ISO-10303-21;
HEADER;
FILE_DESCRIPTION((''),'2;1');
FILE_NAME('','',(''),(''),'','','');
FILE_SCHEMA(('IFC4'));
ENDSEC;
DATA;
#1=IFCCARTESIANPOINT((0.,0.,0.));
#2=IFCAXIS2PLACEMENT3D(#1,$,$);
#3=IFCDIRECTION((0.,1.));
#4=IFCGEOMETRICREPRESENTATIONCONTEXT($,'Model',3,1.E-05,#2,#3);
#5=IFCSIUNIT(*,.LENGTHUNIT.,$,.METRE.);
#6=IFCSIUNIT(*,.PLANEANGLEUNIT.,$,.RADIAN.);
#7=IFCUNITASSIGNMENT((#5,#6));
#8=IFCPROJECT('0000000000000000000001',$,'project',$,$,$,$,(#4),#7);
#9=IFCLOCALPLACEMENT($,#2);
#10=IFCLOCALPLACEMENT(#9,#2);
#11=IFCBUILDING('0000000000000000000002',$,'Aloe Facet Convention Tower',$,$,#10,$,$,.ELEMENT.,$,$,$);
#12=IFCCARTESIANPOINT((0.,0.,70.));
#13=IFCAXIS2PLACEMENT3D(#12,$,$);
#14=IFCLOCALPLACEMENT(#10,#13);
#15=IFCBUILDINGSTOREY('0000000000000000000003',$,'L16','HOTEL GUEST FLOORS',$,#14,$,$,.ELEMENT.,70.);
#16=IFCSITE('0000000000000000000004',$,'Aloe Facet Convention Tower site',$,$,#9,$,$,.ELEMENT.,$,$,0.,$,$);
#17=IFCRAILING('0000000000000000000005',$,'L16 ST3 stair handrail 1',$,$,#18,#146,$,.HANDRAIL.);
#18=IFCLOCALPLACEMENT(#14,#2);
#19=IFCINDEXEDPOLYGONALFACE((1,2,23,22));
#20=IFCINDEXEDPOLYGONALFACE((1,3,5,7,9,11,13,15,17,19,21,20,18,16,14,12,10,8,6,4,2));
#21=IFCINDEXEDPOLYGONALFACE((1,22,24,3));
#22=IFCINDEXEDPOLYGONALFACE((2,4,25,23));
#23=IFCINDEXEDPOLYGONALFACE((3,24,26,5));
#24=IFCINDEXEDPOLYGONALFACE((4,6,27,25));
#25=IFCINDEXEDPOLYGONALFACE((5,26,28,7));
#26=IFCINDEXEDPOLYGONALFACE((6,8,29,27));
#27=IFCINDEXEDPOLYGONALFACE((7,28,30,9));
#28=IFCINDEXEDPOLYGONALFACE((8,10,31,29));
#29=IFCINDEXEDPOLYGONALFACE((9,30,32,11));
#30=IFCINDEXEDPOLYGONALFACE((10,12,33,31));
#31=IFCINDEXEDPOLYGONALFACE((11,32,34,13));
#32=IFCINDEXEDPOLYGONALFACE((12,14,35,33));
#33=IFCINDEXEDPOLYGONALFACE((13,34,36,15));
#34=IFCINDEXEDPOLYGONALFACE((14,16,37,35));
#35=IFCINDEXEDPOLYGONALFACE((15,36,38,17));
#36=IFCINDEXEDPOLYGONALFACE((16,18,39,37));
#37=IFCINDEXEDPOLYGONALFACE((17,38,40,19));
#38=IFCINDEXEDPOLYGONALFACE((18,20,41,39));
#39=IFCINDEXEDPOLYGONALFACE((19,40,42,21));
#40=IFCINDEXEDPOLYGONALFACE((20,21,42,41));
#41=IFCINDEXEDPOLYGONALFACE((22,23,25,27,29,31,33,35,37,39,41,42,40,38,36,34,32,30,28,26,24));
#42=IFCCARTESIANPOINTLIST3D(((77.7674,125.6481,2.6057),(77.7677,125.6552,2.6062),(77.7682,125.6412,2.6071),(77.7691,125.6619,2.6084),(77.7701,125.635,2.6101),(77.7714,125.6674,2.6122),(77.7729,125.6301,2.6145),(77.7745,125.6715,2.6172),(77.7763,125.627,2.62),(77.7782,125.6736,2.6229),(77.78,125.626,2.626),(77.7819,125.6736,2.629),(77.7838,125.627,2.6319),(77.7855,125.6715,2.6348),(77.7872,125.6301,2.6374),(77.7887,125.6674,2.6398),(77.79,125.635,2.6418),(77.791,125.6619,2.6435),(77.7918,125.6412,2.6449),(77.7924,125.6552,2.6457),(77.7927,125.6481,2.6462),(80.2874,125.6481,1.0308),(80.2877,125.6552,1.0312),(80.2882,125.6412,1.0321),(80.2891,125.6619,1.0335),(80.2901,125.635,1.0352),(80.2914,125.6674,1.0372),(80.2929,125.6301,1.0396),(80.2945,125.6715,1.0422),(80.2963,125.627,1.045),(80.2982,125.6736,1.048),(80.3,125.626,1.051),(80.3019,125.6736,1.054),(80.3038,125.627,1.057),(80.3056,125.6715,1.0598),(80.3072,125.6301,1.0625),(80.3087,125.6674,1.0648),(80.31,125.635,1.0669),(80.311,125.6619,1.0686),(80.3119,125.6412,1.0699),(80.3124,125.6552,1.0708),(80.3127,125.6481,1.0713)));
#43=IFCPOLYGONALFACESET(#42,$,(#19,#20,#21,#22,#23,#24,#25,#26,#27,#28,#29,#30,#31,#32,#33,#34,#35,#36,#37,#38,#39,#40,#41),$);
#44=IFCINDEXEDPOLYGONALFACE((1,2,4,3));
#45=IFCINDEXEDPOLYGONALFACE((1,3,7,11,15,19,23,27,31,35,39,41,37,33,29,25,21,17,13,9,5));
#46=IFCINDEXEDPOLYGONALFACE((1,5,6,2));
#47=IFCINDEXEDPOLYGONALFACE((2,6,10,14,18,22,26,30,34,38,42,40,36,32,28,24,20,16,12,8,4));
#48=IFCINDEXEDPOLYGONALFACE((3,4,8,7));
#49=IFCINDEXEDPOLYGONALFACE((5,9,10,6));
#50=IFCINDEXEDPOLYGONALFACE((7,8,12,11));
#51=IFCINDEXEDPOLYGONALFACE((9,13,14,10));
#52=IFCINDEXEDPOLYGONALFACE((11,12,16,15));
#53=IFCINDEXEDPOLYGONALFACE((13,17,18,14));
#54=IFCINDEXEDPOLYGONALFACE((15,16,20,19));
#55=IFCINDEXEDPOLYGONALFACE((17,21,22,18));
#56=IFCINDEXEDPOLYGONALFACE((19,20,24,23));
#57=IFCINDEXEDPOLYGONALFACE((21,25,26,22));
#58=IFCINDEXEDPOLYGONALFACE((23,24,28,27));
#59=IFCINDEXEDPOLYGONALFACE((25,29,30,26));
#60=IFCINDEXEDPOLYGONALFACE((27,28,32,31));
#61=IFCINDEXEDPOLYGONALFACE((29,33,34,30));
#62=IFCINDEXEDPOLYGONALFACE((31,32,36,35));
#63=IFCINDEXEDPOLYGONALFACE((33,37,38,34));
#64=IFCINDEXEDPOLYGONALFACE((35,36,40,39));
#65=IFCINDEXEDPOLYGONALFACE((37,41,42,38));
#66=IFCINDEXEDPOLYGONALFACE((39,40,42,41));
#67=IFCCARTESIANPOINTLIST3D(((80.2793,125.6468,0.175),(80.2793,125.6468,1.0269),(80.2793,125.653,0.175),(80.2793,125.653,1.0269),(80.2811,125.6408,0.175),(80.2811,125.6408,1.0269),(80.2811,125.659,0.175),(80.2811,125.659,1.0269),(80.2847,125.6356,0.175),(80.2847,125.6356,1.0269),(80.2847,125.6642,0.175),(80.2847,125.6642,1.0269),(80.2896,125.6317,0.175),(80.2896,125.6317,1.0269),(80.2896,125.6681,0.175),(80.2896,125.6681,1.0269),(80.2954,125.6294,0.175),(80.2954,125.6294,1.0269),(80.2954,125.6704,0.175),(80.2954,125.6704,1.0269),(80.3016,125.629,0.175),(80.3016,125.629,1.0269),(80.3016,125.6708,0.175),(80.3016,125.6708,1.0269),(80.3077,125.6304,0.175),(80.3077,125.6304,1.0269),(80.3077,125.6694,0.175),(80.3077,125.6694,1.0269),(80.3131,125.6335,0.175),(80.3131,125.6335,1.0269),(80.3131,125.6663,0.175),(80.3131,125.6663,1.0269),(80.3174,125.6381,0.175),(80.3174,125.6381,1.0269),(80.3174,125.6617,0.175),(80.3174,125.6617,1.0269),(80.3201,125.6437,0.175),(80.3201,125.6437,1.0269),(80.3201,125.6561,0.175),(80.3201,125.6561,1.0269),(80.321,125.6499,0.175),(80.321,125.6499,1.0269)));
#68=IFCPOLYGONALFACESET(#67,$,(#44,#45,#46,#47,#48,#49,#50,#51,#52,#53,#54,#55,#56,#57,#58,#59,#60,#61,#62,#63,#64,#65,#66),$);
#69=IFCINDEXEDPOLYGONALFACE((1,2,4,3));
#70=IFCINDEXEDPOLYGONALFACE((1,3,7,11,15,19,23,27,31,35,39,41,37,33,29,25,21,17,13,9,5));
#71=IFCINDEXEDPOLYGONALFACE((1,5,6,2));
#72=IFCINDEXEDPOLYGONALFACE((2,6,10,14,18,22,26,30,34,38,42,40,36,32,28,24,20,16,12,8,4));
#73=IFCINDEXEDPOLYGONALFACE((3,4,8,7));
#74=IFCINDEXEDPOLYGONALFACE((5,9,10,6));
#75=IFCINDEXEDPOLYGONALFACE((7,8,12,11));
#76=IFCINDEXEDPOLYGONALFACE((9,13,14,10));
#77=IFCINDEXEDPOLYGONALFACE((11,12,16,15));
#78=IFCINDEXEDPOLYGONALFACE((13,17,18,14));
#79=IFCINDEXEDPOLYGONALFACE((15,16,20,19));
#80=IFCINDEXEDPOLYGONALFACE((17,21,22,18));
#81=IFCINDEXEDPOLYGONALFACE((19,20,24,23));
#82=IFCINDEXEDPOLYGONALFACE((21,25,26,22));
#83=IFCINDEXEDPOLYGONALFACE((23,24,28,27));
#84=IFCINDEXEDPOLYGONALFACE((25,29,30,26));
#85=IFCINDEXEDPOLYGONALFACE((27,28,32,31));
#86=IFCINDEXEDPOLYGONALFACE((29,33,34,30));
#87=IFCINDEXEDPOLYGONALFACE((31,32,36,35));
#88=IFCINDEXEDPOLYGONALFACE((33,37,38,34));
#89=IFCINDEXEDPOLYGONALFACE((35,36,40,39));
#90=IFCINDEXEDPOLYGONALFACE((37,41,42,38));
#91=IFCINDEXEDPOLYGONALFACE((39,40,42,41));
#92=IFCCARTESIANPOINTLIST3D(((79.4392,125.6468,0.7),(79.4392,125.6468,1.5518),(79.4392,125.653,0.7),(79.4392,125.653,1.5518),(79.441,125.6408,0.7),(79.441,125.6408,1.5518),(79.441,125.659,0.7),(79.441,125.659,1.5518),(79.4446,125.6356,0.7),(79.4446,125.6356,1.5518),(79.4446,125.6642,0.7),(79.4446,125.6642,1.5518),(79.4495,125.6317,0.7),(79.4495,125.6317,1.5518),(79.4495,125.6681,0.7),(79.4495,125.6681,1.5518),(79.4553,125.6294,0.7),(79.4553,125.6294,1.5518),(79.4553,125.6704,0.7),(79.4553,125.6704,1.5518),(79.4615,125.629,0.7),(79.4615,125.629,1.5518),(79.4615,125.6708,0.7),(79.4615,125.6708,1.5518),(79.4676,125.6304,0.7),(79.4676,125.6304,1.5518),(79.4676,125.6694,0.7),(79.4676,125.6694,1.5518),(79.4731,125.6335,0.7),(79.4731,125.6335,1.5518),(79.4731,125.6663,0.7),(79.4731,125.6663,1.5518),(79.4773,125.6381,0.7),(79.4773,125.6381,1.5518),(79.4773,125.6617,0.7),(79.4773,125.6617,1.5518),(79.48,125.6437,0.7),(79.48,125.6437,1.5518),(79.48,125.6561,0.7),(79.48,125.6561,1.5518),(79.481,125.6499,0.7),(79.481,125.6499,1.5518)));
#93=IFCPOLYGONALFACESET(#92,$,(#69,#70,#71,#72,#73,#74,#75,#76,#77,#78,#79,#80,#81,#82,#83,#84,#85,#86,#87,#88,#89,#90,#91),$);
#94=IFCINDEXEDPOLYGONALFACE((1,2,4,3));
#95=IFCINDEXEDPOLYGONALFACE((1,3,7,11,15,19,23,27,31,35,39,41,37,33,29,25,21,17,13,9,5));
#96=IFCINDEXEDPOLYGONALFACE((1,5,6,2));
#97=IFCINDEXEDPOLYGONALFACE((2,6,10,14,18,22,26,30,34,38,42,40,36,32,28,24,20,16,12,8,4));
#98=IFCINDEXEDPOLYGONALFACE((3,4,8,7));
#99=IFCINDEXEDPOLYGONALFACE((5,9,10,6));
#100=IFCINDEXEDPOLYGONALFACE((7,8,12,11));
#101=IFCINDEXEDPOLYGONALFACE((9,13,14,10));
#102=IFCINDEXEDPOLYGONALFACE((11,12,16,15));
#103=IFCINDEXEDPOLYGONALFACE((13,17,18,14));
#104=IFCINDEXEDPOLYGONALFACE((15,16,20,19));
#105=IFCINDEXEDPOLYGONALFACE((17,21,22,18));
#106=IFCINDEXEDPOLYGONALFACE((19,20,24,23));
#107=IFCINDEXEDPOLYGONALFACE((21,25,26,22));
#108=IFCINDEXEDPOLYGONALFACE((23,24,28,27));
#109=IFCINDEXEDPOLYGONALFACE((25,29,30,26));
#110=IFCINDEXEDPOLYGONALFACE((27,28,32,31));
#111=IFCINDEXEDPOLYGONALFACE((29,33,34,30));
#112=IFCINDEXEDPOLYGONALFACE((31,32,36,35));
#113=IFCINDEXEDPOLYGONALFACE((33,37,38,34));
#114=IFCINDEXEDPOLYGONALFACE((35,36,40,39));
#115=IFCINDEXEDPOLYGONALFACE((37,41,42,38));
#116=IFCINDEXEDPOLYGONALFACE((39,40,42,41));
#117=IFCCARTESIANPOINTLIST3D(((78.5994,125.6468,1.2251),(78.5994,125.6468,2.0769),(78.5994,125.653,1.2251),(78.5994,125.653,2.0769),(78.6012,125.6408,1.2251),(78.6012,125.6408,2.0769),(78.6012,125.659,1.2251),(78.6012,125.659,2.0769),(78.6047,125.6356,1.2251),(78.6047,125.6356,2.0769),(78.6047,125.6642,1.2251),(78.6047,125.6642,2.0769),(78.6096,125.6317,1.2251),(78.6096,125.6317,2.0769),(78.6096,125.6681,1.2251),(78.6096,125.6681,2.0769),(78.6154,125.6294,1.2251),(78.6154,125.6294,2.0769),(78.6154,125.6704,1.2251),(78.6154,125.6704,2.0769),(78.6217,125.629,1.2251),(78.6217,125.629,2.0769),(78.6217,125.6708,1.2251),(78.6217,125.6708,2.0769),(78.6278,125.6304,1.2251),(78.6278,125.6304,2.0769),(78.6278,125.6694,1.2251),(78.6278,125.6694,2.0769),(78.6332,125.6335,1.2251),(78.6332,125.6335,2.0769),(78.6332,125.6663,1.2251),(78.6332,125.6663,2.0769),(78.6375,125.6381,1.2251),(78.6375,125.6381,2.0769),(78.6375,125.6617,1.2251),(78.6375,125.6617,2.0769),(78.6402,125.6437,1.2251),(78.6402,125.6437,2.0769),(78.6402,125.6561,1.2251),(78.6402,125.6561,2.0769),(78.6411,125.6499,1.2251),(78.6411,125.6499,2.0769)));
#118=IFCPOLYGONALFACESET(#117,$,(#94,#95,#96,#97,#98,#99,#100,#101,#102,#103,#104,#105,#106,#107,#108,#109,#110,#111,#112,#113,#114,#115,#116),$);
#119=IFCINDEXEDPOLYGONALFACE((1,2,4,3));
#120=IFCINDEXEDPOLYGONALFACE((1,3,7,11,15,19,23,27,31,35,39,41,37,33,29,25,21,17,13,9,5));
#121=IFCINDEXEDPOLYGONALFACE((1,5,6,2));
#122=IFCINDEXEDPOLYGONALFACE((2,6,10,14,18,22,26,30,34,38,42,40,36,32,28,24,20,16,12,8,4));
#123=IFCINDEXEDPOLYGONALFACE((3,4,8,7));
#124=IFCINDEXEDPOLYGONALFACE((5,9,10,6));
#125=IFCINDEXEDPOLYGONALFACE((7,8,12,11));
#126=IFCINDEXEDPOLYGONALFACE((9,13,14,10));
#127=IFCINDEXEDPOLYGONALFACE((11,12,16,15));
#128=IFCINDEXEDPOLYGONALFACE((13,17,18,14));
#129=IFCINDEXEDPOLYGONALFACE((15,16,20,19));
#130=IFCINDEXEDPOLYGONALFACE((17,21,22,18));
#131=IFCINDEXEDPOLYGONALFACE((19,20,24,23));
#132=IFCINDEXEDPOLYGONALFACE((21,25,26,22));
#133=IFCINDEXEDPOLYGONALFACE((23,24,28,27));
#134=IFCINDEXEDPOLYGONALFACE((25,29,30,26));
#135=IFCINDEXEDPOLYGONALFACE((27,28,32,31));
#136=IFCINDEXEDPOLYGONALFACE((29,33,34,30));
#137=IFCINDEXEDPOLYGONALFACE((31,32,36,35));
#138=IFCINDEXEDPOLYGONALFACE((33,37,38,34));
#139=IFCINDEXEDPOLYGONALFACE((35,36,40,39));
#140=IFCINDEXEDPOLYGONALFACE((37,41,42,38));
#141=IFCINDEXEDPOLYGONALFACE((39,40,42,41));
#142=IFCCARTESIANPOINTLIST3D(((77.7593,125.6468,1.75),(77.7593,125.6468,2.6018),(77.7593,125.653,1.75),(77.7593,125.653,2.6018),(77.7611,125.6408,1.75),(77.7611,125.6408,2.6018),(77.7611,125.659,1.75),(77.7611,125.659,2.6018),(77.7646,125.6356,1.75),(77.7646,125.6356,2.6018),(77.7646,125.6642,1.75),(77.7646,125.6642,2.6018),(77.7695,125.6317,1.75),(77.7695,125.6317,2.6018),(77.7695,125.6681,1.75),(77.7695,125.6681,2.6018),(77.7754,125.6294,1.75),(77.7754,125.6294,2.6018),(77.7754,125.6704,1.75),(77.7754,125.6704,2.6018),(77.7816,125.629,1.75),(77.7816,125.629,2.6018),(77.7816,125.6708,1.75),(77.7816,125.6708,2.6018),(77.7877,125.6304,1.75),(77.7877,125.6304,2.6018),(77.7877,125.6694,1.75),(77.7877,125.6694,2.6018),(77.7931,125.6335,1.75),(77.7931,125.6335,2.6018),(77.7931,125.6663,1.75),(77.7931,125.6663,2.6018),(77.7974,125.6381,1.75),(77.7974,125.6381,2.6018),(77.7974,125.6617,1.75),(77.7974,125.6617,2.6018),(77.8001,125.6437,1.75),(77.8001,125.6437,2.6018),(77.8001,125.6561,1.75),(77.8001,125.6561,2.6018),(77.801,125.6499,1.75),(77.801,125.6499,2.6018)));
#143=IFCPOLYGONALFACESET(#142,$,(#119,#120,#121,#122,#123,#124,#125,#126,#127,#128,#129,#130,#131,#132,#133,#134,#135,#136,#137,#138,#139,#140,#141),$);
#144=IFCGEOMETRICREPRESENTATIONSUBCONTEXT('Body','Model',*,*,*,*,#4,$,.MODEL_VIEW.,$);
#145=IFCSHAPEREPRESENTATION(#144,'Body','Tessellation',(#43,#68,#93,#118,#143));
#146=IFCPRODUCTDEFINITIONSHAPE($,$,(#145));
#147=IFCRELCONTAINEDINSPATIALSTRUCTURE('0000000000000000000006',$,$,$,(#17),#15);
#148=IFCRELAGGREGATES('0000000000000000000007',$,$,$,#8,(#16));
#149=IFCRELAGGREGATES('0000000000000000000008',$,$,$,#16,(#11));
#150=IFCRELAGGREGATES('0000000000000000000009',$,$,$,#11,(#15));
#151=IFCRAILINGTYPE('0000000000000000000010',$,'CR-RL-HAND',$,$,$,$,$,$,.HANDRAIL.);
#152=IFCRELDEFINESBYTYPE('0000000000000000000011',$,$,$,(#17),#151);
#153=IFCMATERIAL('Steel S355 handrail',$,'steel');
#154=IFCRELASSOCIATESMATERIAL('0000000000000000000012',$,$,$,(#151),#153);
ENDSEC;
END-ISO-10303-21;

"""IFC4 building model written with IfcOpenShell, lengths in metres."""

from ifc_helpers import new_model, si_unit, direction, frame, origin, origin_2d, place, context, subcontext, project, spatial, circle, extrude, material, type_object, element, save


model = new_model("IFC4")

# Units and contexts
model_context = context("Model", 3, precision=1e-05, world=origin(), true_north=direction((0.0, 1.0)))
body_context = subcontext(model_context, "Body", "Model", "MODEL_VIEW")
ifc_project = project(units=[si_unit("LENGTHUNIT", "METRE"), si_unit("PLANEANGLEUNIT", "RADIAN")], contexts=[model_context])

# Site, building, storey
site_placement = place(None, origin())
site = spatial("IfcSite", under=ifc_project, at=site_placement, Name="Aloe Facet Convention Tower site", CompositionType="ELEMENT", RefElevation=0.0)
building_placement = place(site_placement, origin())
building = spatial("IfcBuilding", under=site, at=building_placement, Name="Aloe Facet Convention Tower", CompositionType="ELEMENT")
storey_placement = place(building_placement, frame((0.0, 0.0, 70.0)))
storey = spatial("IfcBuildingStorey", under=building, at=storey_placement, Name="L16", Description="HOTEL GUEST FLOORS", CompositionType="ELEMENT", Elevation=70.0)

# Railing
ifc_material_1 = material(Name="Steel S355 handrail", Category="steel")
railing_type_1 = type_object("IfcRailingType", Name="CR-RL-HAND", PredefinedType="HANDRAIL", material=ifc_material_1)
railing_1_placement = place(storey_placement, frame((80.3, 125.6499, 0.175)))
element("IfcRailing", 1, at=railing_1_placement, inside=storey, type_object=railing_type_1, Name="L16 ST3 stair handrail 1", PredefinedType="HANDRAIL", context=body_context, shape_type="SweptSolid", body=[
    extrude(circle(Radius=0.0239, at=origin_2d()), frame((0.0, 0.0, 0.876), z_axis=(-0.848008, 0.0, 0.529984), x_axis=(0.0, -1.0, 0.0)), (0.0, 0.0, 1.0), 2.9717),
    extrude(circle(Radius=0.021, at=origin_2d()), origin(), (0.0, 0.0, 1.0), 0.8518),
    extrude(circle(Radius=0.021, at=origin_2d()), frame((-0.8401, 0.0, 0.5249)), (0.0, 0.0, 1.0), 0.8518),
    extrude(circle(Radius=0.021, at=origin_2d()), frame((-1.6799, 0.0, 1.05)), (0.0, 0.0, 1.0), 0.8518),
    extrude(circle(Radius=0.021, at=origin_2d()), frame((-2.52, 0.0, 1.575)), (0.0, 0.0, 1.0), 0.8518),
])

save(model, "model.ifc")
